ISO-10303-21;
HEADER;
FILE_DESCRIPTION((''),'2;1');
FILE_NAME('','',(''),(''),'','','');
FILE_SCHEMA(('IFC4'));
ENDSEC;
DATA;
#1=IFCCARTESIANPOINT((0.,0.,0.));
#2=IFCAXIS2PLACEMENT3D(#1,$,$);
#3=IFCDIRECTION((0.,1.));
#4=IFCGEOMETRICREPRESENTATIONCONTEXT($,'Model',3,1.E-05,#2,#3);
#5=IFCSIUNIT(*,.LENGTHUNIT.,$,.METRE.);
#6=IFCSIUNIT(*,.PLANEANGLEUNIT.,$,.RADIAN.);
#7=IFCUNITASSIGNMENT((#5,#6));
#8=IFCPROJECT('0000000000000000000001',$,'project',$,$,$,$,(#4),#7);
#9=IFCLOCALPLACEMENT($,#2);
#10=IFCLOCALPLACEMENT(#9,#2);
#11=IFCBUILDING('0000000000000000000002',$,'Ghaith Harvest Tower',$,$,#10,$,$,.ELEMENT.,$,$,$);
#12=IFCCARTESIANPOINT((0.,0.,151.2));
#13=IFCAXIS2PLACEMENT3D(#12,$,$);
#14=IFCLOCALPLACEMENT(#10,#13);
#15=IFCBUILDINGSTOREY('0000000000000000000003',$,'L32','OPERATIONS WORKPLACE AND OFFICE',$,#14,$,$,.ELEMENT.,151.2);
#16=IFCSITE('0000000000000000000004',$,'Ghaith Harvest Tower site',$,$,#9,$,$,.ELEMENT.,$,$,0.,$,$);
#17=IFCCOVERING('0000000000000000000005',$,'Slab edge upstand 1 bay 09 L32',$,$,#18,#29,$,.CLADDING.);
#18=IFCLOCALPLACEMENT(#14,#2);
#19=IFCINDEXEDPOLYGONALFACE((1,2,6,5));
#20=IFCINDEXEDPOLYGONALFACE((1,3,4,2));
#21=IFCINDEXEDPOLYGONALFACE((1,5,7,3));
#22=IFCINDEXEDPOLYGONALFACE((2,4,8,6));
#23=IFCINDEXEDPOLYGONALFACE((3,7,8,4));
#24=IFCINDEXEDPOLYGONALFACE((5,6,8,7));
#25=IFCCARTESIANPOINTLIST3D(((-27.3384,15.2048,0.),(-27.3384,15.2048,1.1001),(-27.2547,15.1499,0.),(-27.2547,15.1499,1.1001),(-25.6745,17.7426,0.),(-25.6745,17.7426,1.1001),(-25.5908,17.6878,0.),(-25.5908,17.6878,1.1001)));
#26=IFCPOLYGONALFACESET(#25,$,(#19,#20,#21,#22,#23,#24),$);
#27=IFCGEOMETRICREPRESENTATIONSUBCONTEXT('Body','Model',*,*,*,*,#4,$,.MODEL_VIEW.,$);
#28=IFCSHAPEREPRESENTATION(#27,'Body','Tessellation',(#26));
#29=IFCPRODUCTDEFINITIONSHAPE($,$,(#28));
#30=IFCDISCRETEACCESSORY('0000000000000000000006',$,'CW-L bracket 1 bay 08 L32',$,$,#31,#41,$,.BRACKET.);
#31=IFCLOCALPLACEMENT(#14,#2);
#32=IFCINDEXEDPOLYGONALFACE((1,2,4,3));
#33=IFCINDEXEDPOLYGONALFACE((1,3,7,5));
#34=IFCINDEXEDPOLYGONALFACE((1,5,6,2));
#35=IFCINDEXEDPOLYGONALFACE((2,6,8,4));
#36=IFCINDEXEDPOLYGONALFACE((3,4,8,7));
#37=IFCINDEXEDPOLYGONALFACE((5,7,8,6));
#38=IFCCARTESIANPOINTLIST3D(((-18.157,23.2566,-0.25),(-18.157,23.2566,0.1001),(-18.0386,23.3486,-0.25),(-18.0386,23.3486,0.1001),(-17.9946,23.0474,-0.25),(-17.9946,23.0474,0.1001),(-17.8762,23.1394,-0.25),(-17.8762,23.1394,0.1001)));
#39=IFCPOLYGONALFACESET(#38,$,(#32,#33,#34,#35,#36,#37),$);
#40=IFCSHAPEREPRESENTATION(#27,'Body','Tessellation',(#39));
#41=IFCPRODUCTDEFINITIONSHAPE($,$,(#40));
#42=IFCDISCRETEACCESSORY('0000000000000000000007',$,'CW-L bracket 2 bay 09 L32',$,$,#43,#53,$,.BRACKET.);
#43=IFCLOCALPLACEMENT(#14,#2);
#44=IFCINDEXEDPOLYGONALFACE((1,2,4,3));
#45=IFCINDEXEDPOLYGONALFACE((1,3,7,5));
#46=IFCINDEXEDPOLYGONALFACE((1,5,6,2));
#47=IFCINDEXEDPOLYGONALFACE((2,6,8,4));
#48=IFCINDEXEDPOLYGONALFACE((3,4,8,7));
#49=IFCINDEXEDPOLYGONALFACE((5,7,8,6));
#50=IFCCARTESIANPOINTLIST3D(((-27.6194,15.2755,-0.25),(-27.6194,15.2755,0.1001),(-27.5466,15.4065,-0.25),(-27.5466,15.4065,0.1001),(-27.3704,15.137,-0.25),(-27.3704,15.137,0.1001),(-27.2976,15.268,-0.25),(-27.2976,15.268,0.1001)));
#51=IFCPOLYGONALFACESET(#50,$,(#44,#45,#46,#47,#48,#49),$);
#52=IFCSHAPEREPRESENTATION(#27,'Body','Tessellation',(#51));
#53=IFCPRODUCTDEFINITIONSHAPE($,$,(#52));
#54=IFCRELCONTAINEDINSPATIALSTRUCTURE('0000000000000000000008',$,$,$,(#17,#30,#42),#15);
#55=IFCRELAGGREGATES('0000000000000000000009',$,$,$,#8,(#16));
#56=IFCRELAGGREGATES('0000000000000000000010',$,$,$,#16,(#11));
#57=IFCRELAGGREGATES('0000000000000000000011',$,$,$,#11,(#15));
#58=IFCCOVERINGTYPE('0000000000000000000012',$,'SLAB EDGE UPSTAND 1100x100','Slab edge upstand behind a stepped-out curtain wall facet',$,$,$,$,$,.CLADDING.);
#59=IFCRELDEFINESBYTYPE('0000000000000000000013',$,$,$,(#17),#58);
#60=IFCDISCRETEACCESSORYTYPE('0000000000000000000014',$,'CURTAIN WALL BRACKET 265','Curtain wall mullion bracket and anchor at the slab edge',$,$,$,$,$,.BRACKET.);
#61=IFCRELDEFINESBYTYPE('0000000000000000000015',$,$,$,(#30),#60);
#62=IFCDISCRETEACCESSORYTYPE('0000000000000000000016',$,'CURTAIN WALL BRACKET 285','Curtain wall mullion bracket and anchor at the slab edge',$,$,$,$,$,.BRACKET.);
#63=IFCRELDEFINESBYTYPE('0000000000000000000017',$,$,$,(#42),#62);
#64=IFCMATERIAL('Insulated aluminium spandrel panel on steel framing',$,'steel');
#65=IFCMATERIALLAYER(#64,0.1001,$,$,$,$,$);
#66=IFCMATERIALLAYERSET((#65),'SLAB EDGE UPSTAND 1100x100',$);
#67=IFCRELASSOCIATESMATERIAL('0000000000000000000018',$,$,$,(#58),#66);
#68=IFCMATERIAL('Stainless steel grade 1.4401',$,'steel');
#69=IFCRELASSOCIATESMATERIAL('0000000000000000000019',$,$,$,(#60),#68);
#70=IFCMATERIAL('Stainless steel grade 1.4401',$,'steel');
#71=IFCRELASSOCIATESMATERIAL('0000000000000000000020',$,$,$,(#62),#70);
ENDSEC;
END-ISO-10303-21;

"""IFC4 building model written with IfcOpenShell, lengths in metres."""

from ifc_helpers import new_model, si_unit, direction, frame, origin, origin_2d, place, context, subcontext, project, spatial, rectangle, extrude, material, layer, layer_set, type_object, element, save


model = new_model("IFC4")

# Units and contexts
model_context = context("Model", 3, precision=1e-05, world=origin(), true_north=direction((0.0, 1.0)))
body_context = subcontext(model_context, "Body", "Model", "MODEL_VIEW")
ifc_project = project(units=[si_unit("LENGTHUNIT", "METRE"), si_unit("PLANEANGLEUNIT", "RADIAN")], contexts=[model_context])

# Site, building, storey
site_placement = place(None, origin())
site = spatial("IfcSite", under=ifc_project, at=site_placement, Name="Ghaith Harvest Tower site", CompositionType="ELEMENT", RefElevation=0.0)
building_placement = place(site_placement, origin())
building = spatial("IfcBuilding", under=site, at=building_placement, Name="Ghaith Harvest Tower", CompositionType="ELEMENT")
storey_placement = place(building_placement, frame((0.0, 0.0, 151.2)))
storey = spatial("IfcBuildingStorey", under=building, at=storey_placement, Name="L32", Description="OPERATIONS WORKPLACE AND OFFICE", CompositionType="ELEMENT", Elevation=151.2)

# Covering
ifc_material_1 = material(Name="Insulated aluminium spandrel panel on steel framing", Category="steel")
ifc_layer_1 = layer(ifc_material_1, 0.1001)
ifc_layer_set_1 = layer_set([ifc_layer_1], Name="SLAB EDGE UPSTAND 1100x100")
covering_type = type_object("IfcCoveringType", Name="SLAB EDGE UPSTAND 1100x100", Description="Slab edge upstand behind a stepped-out curtain wall facet", PredefinedType="CLADDING", material=ifc_layer_set_1)
covering_1_placement = place(storey_placement, frame((-26.4646, 16.4463, 0.0), z_axis=(0.0, 0.0, 1.0), x_axis=(-0.548312, -0.836274, 0.0)))
element("IfcCovering", 1, at=covering_1_placement, inside=storey, type_object=covering_type, Name="Slab edge upstand 1 bay 09 L32", PredefinedType="CLADDING", context=body_context, shape_type="SweptSolid", body=[
    extrude(rectangle(XDim=3.0347, YDim=0.1001, at=origin_2d()), origin(), (0.0, 0.0, 1.0), 1.1001),
])

# Discrete accessories
ifc_material_2 = material(Name="Stainless steel grade 1.4401", Category="steel")
discrete_accessory_type_1 = type_object("IfcDiscreteAccessoryType", Name="CURTAIN WALL BRACKET 265", Description="Curtain wall mullion bracket and anchor at the slab edge", PredefinedType="BRACKET", material=ifc_material_2)
discrete_accessory_1_placement = place(storey_placement, frame((-18.0166, 23.198, -0.25), z_axis=(0.0, 0.0, 1.0), x_axis=(-0.613378, 0.78979, 0.0)))
element("IfcDiscreteAccessory", 2, at=discrete_accessory_1_placement, inside=storey, type_object=discrete_accessory_type_1, Name="CW-L bracket 1 bay 08 L32", PredefinedType="BRACKET", context=body_context, shape_type="SweptSolid", body=[
    extrude(rectangle(XDim=0.2649, YDim=0.1499, at=origin_2d()), origin(), (0.0, 0.0, 1.0), 0.3501),
])
ifc_material_3 = material(Name="Stainless steel grade 1.4401", Category="steel")
discrete_accessory_type_2 = type_object("IfcDiscreteAccessoryType", Name="CURTAIN WALL BRACKET 285", Description="Curtain wall mullion bracket and anchor at the slab edge", PredefinedType="BRACKET", material=ifc_material_3)
discrete_accessory_2_placement = place(storey_placement, frame((-27.4585, 15.2717, -0.25), z_axis=(0.0, 0.0, 1.0), x_axis=(-0.873927, 0.486057, 0.0)))
element("IfcDiscreteAccessory", 3, at=discrete_accessory_2_placement, inside=storey, type_object=discrete_accessory_type_2, Name="CW-L bracket 2 bay 09 L32", PredefinedType="BRACKET", context=body_context, shape_type="SweptSolid", body=[
    extrude(rectangle(XDim=0.2849, YDim=0.1499, at=origin_2d()), origin(), (0.0, 0.0, 1.0), 0.3501),
])

save(model, "model.ifc")
